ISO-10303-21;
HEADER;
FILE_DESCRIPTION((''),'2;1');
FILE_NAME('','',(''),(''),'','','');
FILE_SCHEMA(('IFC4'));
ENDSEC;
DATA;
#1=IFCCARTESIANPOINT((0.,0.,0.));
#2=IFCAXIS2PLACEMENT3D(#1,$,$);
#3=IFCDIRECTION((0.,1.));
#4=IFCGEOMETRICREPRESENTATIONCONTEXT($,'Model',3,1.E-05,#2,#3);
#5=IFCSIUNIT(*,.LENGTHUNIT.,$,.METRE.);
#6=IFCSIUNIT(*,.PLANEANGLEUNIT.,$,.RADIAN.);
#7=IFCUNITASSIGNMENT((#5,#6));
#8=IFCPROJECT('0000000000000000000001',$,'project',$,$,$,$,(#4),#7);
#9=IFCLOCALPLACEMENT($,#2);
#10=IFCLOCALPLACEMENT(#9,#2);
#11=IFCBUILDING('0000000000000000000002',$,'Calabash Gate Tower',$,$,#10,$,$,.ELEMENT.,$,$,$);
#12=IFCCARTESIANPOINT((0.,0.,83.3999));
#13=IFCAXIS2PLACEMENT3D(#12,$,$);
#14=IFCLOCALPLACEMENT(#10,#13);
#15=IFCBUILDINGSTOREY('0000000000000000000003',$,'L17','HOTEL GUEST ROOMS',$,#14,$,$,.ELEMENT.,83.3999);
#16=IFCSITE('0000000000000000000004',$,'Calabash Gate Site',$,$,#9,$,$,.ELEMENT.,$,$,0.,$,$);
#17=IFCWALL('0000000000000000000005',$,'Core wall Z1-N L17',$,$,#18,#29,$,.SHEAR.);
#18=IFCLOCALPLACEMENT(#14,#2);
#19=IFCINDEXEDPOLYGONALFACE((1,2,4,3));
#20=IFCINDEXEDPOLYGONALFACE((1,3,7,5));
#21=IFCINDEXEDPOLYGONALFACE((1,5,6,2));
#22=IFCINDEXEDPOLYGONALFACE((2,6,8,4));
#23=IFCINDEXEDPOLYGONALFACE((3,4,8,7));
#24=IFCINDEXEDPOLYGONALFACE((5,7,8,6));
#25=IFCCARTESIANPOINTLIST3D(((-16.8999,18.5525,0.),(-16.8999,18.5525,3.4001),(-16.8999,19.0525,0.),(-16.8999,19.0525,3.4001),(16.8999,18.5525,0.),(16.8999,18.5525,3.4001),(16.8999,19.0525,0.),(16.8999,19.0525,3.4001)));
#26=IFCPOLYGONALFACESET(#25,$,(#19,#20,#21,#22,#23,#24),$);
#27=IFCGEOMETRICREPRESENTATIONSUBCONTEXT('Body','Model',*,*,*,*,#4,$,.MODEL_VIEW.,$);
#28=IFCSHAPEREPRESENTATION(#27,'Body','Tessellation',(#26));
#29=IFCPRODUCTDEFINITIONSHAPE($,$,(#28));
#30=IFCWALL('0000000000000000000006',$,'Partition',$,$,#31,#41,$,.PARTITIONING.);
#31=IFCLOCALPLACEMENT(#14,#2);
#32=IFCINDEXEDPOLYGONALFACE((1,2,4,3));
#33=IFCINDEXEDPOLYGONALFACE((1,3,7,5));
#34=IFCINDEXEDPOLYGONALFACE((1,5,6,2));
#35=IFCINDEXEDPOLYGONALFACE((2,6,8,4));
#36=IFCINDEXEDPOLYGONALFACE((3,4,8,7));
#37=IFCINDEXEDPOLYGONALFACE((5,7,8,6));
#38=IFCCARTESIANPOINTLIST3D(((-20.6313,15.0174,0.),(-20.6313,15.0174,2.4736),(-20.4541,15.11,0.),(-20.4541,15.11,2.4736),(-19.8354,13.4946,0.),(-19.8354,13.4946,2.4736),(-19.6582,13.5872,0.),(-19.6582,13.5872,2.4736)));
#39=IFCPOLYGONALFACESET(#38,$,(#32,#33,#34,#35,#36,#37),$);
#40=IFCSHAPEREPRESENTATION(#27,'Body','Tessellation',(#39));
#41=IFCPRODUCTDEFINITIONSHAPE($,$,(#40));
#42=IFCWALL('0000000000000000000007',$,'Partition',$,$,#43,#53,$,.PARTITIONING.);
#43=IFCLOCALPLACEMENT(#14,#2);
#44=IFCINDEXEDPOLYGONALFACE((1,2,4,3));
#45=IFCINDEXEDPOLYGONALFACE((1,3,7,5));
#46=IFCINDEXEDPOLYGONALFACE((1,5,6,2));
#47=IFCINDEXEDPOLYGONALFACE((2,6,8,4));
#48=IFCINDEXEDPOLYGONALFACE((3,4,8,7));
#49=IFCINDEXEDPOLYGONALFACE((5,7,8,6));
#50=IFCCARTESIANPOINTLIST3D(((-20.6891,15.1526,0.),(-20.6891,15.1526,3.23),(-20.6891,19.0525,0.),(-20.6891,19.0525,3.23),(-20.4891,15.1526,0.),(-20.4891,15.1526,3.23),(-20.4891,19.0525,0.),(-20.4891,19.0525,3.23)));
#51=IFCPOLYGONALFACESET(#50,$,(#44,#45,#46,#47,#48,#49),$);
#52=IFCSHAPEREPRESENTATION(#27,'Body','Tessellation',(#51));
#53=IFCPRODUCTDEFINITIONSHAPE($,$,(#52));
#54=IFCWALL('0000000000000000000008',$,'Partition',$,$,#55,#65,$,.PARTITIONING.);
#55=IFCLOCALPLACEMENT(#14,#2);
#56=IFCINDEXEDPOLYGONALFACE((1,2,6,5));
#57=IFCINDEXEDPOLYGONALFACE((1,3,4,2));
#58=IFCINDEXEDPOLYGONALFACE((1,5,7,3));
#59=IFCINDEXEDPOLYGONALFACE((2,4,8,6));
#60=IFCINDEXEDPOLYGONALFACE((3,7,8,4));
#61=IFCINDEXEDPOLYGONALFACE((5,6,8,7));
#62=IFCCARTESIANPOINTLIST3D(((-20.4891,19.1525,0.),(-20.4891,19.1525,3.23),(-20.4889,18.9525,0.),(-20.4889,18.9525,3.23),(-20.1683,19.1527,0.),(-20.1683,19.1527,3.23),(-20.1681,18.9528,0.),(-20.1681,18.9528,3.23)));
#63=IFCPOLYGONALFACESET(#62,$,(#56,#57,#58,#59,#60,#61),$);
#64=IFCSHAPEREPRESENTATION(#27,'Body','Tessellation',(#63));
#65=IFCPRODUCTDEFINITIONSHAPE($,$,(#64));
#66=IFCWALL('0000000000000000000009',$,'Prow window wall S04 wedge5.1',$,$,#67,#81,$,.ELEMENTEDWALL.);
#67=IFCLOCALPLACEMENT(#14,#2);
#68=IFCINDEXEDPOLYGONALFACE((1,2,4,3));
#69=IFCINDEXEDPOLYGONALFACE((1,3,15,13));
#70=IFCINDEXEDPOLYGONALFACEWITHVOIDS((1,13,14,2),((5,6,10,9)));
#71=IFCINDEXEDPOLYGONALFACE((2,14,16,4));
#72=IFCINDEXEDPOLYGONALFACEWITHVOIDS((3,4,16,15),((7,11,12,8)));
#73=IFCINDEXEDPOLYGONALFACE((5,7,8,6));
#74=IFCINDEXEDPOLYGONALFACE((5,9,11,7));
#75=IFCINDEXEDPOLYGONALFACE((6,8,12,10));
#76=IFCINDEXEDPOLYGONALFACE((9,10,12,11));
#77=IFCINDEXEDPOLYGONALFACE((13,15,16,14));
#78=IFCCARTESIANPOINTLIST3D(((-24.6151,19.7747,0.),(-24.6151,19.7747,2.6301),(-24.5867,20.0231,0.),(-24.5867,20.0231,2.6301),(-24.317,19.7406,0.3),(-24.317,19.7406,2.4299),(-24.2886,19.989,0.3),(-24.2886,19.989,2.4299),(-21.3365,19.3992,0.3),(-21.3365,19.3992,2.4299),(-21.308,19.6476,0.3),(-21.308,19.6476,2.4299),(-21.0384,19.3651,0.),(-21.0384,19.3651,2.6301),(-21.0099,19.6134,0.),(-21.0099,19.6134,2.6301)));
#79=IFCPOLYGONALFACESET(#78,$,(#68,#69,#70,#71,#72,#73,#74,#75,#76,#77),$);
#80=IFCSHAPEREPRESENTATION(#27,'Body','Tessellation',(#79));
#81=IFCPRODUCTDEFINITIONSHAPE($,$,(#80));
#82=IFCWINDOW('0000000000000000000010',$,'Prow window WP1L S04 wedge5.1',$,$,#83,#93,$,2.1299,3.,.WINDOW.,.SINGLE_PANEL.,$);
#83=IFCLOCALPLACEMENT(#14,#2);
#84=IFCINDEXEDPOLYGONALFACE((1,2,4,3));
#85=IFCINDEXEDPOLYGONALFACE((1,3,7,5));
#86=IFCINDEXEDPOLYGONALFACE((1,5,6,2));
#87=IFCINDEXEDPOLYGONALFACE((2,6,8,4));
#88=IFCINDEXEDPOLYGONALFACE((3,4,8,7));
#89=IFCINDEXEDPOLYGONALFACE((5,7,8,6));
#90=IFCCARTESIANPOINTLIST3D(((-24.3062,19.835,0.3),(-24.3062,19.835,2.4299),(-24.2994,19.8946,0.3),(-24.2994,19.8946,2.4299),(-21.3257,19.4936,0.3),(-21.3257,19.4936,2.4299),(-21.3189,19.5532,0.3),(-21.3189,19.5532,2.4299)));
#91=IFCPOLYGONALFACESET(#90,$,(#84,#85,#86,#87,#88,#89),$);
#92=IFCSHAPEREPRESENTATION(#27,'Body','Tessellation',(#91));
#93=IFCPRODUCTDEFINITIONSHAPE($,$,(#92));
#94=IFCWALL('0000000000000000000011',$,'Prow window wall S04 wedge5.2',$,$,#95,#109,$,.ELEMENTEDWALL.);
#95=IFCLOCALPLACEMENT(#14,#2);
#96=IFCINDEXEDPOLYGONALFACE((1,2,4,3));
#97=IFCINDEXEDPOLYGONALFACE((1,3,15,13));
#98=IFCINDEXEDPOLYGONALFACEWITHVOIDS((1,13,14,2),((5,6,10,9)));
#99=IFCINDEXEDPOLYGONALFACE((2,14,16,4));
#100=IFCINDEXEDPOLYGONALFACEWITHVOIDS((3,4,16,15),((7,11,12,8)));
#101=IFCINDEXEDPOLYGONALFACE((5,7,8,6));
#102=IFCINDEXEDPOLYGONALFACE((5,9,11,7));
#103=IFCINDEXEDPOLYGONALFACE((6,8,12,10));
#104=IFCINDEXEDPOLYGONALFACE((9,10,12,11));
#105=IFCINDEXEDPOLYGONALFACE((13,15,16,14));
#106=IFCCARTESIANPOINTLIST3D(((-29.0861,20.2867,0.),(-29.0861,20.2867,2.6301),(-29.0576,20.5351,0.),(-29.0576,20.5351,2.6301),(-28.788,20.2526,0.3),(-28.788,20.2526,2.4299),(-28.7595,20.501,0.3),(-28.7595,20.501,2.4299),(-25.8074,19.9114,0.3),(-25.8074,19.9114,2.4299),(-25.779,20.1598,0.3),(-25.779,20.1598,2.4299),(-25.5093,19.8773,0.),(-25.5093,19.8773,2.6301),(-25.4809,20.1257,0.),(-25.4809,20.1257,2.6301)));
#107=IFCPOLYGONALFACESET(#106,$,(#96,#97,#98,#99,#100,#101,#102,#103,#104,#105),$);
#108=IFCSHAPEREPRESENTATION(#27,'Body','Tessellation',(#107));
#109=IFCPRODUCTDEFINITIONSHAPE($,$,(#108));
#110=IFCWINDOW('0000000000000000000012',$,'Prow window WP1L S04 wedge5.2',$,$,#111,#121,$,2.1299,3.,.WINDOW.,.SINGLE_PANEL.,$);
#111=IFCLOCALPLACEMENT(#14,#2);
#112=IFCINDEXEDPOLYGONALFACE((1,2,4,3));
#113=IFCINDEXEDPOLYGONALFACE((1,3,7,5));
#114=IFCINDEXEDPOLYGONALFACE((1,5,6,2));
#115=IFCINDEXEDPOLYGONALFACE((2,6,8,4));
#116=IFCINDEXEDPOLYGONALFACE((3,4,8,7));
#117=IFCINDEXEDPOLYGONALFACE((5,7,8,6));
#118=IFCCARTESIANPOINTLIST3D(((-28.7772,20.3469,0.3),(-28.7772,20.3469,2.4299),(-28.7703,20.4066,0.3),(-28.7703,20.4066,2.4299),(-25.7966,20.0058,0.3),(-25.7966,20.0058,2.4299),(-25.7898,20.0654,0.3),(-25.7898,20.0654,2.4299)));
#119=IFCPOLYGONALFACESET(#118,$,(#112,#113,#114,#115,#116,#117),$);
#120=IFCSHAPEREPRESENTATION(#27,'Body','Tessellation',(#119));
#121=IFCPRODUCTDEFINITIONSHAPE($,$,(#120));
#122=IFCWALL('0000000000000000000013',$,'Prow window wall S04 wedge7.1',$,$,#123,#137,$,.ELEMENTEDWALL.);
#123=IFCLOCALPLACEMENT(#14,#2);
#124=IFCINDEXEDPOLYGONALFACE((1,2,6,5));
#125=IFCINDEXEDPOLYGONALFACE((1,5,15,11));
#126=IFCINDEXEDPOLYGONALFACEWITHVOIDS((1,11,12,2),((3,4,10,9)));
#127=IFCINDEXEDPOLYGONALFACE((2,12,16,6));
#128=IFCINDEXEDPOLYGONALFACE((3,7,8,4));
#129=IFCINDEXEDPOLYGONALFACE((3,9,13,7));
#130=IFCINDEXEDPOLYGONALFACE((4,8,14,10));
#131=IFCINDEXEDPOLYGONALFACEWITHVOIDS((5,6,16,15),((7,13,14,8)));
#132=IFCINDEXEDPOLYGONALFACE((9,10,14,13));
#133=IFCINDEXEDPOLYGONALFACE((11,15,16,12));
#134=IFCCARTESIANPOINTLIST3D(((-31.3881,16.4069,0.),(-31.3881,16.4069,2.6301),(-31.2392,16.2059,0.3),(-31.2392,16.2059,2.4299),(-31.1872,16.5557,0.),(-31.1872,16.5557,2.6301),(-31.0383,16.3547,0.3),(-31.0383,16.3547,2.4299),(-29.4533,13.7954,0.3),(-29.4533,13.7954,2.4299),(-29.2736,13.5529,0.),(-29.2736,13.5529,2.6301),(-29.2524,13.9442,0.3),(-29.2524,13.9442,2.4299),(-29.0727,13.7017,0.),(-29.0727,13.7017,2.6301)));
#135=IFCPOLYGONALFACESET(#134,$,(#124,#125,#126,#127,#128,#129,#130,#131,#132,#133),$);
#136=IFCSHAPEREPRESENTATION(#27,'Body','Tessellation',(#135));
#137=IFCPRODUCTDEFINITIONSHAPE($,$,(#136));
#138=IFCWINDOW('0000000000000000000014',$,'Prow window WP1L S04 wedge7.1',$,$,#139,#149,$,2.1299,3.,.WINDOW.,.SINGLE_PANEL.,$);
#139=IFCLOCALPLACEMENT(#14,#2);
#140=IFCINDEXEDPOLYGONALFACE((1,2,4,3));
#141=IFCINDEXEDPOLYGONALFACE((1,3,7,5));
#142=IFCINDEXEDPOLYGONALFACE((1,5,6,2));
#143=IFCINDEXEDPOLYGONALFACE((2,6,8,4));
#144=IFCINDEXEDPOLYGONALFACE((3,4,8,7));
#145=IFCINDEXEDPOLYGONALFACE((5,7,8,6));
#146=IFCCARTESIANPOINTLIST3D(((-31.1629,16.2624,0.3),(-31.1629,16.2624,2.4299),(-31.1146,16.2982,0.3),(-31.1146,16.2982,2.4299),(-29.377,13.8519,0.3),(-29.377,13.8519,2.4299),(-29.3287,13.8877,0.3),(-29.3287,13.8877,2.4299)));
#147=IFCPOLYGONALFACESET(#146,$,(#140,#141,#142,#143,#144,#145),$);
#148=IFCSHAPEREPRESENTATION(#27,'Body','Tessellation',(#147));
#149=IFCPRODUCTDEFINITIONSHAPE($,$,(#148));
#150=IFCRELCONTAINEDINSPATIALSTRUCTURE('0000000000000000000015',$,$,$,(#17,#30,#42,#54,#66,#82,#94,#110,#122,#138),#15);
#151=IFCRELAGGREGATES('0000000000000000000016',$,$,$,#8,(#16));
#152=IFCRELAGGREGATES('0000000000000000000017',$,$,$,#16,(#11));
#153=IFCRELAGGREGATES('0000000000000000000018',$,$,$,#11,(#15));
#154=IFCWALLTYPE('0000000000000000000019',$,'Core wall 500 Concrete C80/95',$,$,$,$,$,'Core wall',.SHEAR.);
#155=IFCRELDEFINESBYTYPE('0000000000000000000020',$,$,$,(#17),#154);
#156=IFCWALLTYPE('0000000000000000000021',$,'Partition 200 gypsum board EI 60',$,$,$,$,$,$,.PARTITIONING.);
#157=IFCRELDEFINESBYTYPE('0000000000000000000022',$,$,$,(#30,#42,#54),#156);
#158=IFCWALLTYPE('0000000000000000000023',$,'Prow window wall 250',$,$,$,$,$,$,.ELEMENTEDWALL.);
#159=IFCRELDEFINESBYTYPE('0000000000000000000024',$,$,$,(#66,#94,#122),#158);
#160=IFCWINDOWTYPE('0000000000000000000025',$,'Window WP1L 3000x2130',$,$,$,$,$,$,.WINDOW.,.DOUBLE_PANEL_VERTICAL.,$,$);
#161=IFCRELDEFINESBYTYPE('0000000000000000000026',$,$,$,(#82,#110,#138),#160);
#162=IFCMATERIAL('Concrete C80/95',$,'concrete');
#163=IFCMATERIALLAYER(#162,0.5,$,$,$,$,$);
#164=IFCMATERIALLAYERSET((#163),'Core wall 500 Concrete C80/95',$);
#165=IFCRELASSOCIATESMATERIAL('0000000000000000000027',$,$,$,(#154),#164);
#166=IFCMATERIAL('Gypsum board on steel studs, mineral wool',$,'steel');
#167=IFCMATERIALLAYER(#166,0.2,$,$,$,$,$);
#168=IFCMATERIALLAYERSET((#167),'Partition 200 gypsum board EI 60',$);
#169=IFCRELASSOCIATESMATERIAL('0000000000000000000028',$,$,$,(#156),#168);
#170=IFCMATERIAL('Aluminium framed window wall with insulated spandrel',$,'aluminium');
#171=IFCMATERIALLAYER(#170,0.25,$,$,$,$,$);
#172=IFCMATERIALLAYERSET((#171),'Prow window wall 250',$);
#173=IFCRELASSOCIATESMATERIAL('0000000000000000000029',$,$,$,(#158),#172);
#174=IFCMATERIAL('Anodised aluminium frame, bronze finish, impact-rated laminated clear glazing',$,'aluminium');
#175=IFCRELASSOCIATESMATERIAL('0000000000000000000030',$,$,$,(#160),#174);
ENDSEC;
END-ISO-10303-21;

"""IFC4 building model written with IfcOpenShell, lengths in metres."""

from ifc_helpers import new_model, si_unit, direction, frame, frame_2d, origin, place, context, subcontext, project, spatial, rectangle, extrude, material, layer, layer_set, type_object, element, fill, save


model = new_model("IFC4")

# Units and contexts
model_context = context("Model", 3, precision=1e-05, world=origin(), true_north=direction((0.0, 1.0)))
body_context = subcontext(model_context, "Body", "Model", "MODEL_VIEW")
ifc_project = project(units=[si_unit("LENGTHUNIT", "METRE"), si_unit("PLANEANGLEUNIT", "RADIAN")], contexts=[model_context])

# Site, building, storey
site_placement = place(None, origin())
site = spatial("IfcSite", under=ifc_project, at=site_placement, Name="Calabash Gate Site", CompositionType="ELEMENT", RefElevation=0.0)
building_placement = place(site_placement, origin())
building = spatial("IfcBuilding", under=site, at=building_placement, Name="Calabash Gate Tower", CompositionType="ELEMENT")
storey_placement = place(building_placement, frame((0.0, 0.0, 83.3999)))
storey = spatial("IfcBuildingStorey", under=building, at=storey_placement, Name="L17", Description="HOTEL GUEST ROOMS", CompositionType="ELEMENT", Elevation=83.3999)

# Walls
ifc_material_1 = material(Name="Concrete C80/95", Category="concrete")
ifc_layer_1 = layer(ifc_material_1, 0.5)
ifc_layer_set_1 = layer_set([ifc_layer_1], Name="Core wall 500 Concrete C80/95")
wall_type_1 = type_object("IfcWallType", Name="Core wall 500 Concrete C80/95", ElementType="Core wall", PredefinedType="SHEAR", material=ifc_layer_set_1)
wall_1_placement = place(storey_placement, frame((-16.8999, 18.8025, 0.0), z_axis=(0.0, 0.0, 1.0), x_axis=(1.0, 0.0, 0.0)))
element("IfcWall", 1, at=wall_1_placement, inside=storey, type_object=wall_type_1, Name="Core wall Z1-N L17", PredefinedType="SHEAR", context=body_context, shape_type="SweptSolid", body=[
    extrude(rectangle(XDim=33.7998, YDim=0.5, at=frame_2d((16.8999, 0.0))), origin(), (0.0, 0.0, 1.0), 3.4001),
])
ifc_material_2 = material(Name="Gypsum board on steel studs, mineral wool", Category="steel")
ifc_layer_2 = layer(ifc_material_2, 0.2)
ifc_layer_set_2 = layer_set([ifc_layer_2], Name="Partition 200 gypsum board EI 60")
wall_type_2 = type_object("IfcWallType", Name="Partition 200 gypsum board EI 60", PredefinedType="PARTITIONING", material=ifc_layer_set_2)
wall_2_placement = place(storey_placement, frame((-20.5427, 15.0637, 0.0), z_axis=(0.0, 0.0, 1.0), x_axis=(0.463226, -0.88624, 0.0)))
element("IfcWall", 2, at=wall_2_placement, inside=storey, type_object=wall_type_2, Name="Partition", PredefinedType="PARTITIONING", context=body_context, shape_type="SweptSolid", body=[
    extrude(rectangle(XDim=1.7183, YDim=0.2, at=frame_2d((0.8591, 0.0))), origin(), (0.0, 0.0, 1.0), 2.4736),
])
wall_3_placement = place(storey_placement, frame((-20.5891, 19.0525, 0.0), z_axis=(0.0, 0.0, 1.0), x_axis=(0.0, -1.0, 0.0)))
element("IfcWall", 3, at=wall_3_placement, inside=storey, type_object=wall_type_2, Name="Partition", PredefinedType="PARTITIONING", context=body_context, shape_type="SweptSolid", body=[
    extrude(rectangle(XDim=3.8999, YDim=0.2, at=frame_2d((1.95, 0.0))), origin(), (0.0, 0.0, 1.0), 3.23),
])
wall_4_placement = place(storey_placement, frame((-20.489, 19.0525, 0.0), z_axis=(0.0, 0.0, 1.0), x_axis=(1.0, 0.000761, 0.0)))
element("IfcWall", 4, at=wall_4_placement, inside=storey, type_object=wall_type_2, Name="Partition", PredefinedType="PARTITIONING", context=body_context, shape_type="SweptSolid", body=[
    extrude(rectangle(XDim=0.3208, YDim=0.2, at=frame_2d((0.1604, 0.0))), origin(), (0.0, 0.0, 1.0), 3.23),
])

# Walls, openings, windows
ifc_material_3 = material(Name="Aluminium framed window wall with insulated spandrel", Category="aluminium")
ifc_layer_3 = layer(ifc_material_3, 0.25)
ifc_layer_set_3 = layer_set([ifc_layer_3], Name="Prow window wall 250")
wall_type_3 = type_object("IfcWallType", Name="Prow window wall 250", PredefinedType="ELEMENTEDWALL", material=ifc_layer_set_3)
wall_5_placement = place(storey_placement, frame((-21.0242, 19.4893, 0.0), z_axis=(0.0, 0.0, 1.0), x_axis=(-0.993504, 0.113795, 0.0)))
wall_5 = element("IfcWall", 5, at=wall_5_placement, inside=storey, type_object=wall_type_3, Name="Prow window wall S04 wedge5.1", PredefinedType="ELEMENTEDWALL", context=body_context, shape_type="SweptSolid", body=[
    extrude(rectangle(XDim=3.6001, YDim=0.25, at=frame_2d((1.8, 0.0))), origin(), (0.0, 0.0, 1.0), 2.6301),
])
opening_1_placement = place(wall_5_placement, frame((0.3, 0.0, 0.3)))
opening_1 = element("IfcOpeningElement", 6, at=opening_1_placement, cuts=wall_5, PredefinedType="OPENING", context=body_context, shape_type="SweptSolid", body=[
    extrude(rectangle(XDim=3.0, YDim=2.1299, at=frame_2d((1.5, 1.0649))), frame((0.0, 0.135, 0.0), z_axis=(0.0, -1.0, 0.0), x_axis=(1.0, 0.0, 0.0)), (0.0, 0.0, 1.0), 0.27),
])
ifc_material_4 = material(Name="Anodised aluminium frame, bronze finish, impact-rated laminated clear glazing", Category="aluminium")
window_type = type_object("IfcWindowType", Name="Window WP1L 3000x2130", PartitioningType="DOUBLE_PANEL_VERTICAL", PredefinedType="WINDOW", material=ifc_material_4)
window_1_placement = place(opening_1_placement, origin())
window_1 = element("IfcWindow", 7, at=window_1_placement, inside=storey, type_object=window_type, Name="Prow window WP1L S04 wedge5.1", OverallHeight=2.1299, OverallWidth=3.0, PartitioningType="SINGLE_PANEL", PredefinedType="WINDOW", context=body_context, shape_type="SweptSolid", body=[
    extrude(rectangle(XDim=3.0, YDim=2.1299, at=frame_2d((1.5, 1.0649))), frame((0.0, 0.03, 0.0), z_axis=(0.0, -1.0, 0.0), x_axis=(1.0, 0.0, 0.0)), (0.0, 0.0, 1.0), 0.0601),
])
fill(opening_1, window_1)
wall_6_placement = place(storey_placement, frame((-25.4951, 20.0015, 0.0), z_axis=(0.0, 0.0, 1.0), x_axis=(-0.993512, 0.113728, 0.0)))
wall_6 = element("IfcWall", 8, at=wall_6_placement, inside=storey, type_object=wall_type_3, Name="Prow window wall S04 wedge5.2", PredefinedType="ELEMENTEDWALL", context=body_context, shape_type="SweptSolid", body=[
    extrude(rectangle(XDim=3.6001, YDim=0.25, at=frame_2d((1.8, 0.0))), origin(), (0.0, 0.0, 1.0), 2.6301),
])
opening_2_placement = place(wall_6_placement, frame((0.3, 0.0, 0.3)))
opening_2 = element("IfcOpeningElement", 9, at=opening_2_placement, cuts=wall_6, PredefinedType="OPENING", context=body_context, shape_type="SweptSolid", body=[
    extrude(rectangle(XDim=3.0, YDim=2.1299, at=frame_2d((1.5, 1.0649))), frame((0.0, 0.135, 0.0), z_axis=(0.0, -1.0, 0.0), x_axis=(1.0, 0.0, 0.0)), (0.0, 0.0, 1.0), 0.27),
])
window_2_placement = place(opening_2_placement, origin())
window_2 = element("IfcWindow", 10, at=window_2_placement, inside=storey, type_object=window_type, Name="Prow window WP1L S04 wedge5.2", OverallHeight=2.1299, OverallWidth=3.0, PartitioningType="SINGLE_PANEL", PredefinedType="WINDOW", context=body_context, shape_type="SweptSolid", body=[
    extrude(rectangle(XDim=3.0, YDim=2.1299, at=frame_2d((1.5, 1.0649))), frame((0.0, 0.03, 0.0), z_axis=(0.0, -1.0, 0.0), x_axis=(1.0, 0.0, 0.0)), (0.0, 0.0, 1.0), 0.0601),
])
fill(opening_2, window_2)
wall_7_placement = place(storey_placement, frame((-31.2876, 16.4812, 0.0), z_axis=(0.0, 0.0, 1.0), x_axis=(0.595305, -0.8035, 0.0)))
wall_7 = element("IfcWall", 11, at=wall_7_placement, inside=storey, type_object=wall_type_3, Name="Prow window wall S04 wedge7.1", PredefinedType="ELEMENTEDWALL", context=body_context, shape_type="SweptSolid", body=[
    extrude(rectangle(XDim=3.552, YDim=0.25, at=frame_2d((1.7759, 0.0))), origin(), (0.0, 0.0, 1.0), 2.6301),
])
opening_3_placement = place(wall_7_placement, frame((0.25, 0.0, 0.3)))
opening_3 = element("IfcOpeningElement", 12, at=opening_3_placement, cuts=wall_7, PredefinedType="OPENING", context=body_context, shape_type="SweptSolid", body=[
    extrude(rectangle(XDim=3.0, YDim=2.1299, at=frame_2d((1.5, 1.0649))), frame((0.0, 0.135, 0.0), z_axis=(0.0, -1.0, 0.0), x_axis=(1.0, 0.0, 0.0)), (0.0, 0.0, 1.0), 0.27),
])
window_3_placement = place(opening_3_placement, origin())
window_3 = element("IfcWindow", 13, at=window_3_placement, inside=storey, type_object=window_type, Name="Prow window WP1L S04 wedge7.1", OverallHeight=2.1299, OverallWidth=3.0, PartitioningType="SINGLE_PANEL", PredefinedType="WINDOW", context=body_context, shape_type="SweptSolid", body=[
    extrude(rectangle(XDim=3.0, YDim=2.1299, at=frame_2d((1.5, 1.0649))), frame((0.0, 0.03, 0.0), z_axis=(0.0, -1.0, 0.0), x_axis=(1.0, 0.0, 0.0)), (0.0, 0.0, 1.0), 0.0601),
])
fill(opening_3, window_3)

save(model, "model.ifc")
